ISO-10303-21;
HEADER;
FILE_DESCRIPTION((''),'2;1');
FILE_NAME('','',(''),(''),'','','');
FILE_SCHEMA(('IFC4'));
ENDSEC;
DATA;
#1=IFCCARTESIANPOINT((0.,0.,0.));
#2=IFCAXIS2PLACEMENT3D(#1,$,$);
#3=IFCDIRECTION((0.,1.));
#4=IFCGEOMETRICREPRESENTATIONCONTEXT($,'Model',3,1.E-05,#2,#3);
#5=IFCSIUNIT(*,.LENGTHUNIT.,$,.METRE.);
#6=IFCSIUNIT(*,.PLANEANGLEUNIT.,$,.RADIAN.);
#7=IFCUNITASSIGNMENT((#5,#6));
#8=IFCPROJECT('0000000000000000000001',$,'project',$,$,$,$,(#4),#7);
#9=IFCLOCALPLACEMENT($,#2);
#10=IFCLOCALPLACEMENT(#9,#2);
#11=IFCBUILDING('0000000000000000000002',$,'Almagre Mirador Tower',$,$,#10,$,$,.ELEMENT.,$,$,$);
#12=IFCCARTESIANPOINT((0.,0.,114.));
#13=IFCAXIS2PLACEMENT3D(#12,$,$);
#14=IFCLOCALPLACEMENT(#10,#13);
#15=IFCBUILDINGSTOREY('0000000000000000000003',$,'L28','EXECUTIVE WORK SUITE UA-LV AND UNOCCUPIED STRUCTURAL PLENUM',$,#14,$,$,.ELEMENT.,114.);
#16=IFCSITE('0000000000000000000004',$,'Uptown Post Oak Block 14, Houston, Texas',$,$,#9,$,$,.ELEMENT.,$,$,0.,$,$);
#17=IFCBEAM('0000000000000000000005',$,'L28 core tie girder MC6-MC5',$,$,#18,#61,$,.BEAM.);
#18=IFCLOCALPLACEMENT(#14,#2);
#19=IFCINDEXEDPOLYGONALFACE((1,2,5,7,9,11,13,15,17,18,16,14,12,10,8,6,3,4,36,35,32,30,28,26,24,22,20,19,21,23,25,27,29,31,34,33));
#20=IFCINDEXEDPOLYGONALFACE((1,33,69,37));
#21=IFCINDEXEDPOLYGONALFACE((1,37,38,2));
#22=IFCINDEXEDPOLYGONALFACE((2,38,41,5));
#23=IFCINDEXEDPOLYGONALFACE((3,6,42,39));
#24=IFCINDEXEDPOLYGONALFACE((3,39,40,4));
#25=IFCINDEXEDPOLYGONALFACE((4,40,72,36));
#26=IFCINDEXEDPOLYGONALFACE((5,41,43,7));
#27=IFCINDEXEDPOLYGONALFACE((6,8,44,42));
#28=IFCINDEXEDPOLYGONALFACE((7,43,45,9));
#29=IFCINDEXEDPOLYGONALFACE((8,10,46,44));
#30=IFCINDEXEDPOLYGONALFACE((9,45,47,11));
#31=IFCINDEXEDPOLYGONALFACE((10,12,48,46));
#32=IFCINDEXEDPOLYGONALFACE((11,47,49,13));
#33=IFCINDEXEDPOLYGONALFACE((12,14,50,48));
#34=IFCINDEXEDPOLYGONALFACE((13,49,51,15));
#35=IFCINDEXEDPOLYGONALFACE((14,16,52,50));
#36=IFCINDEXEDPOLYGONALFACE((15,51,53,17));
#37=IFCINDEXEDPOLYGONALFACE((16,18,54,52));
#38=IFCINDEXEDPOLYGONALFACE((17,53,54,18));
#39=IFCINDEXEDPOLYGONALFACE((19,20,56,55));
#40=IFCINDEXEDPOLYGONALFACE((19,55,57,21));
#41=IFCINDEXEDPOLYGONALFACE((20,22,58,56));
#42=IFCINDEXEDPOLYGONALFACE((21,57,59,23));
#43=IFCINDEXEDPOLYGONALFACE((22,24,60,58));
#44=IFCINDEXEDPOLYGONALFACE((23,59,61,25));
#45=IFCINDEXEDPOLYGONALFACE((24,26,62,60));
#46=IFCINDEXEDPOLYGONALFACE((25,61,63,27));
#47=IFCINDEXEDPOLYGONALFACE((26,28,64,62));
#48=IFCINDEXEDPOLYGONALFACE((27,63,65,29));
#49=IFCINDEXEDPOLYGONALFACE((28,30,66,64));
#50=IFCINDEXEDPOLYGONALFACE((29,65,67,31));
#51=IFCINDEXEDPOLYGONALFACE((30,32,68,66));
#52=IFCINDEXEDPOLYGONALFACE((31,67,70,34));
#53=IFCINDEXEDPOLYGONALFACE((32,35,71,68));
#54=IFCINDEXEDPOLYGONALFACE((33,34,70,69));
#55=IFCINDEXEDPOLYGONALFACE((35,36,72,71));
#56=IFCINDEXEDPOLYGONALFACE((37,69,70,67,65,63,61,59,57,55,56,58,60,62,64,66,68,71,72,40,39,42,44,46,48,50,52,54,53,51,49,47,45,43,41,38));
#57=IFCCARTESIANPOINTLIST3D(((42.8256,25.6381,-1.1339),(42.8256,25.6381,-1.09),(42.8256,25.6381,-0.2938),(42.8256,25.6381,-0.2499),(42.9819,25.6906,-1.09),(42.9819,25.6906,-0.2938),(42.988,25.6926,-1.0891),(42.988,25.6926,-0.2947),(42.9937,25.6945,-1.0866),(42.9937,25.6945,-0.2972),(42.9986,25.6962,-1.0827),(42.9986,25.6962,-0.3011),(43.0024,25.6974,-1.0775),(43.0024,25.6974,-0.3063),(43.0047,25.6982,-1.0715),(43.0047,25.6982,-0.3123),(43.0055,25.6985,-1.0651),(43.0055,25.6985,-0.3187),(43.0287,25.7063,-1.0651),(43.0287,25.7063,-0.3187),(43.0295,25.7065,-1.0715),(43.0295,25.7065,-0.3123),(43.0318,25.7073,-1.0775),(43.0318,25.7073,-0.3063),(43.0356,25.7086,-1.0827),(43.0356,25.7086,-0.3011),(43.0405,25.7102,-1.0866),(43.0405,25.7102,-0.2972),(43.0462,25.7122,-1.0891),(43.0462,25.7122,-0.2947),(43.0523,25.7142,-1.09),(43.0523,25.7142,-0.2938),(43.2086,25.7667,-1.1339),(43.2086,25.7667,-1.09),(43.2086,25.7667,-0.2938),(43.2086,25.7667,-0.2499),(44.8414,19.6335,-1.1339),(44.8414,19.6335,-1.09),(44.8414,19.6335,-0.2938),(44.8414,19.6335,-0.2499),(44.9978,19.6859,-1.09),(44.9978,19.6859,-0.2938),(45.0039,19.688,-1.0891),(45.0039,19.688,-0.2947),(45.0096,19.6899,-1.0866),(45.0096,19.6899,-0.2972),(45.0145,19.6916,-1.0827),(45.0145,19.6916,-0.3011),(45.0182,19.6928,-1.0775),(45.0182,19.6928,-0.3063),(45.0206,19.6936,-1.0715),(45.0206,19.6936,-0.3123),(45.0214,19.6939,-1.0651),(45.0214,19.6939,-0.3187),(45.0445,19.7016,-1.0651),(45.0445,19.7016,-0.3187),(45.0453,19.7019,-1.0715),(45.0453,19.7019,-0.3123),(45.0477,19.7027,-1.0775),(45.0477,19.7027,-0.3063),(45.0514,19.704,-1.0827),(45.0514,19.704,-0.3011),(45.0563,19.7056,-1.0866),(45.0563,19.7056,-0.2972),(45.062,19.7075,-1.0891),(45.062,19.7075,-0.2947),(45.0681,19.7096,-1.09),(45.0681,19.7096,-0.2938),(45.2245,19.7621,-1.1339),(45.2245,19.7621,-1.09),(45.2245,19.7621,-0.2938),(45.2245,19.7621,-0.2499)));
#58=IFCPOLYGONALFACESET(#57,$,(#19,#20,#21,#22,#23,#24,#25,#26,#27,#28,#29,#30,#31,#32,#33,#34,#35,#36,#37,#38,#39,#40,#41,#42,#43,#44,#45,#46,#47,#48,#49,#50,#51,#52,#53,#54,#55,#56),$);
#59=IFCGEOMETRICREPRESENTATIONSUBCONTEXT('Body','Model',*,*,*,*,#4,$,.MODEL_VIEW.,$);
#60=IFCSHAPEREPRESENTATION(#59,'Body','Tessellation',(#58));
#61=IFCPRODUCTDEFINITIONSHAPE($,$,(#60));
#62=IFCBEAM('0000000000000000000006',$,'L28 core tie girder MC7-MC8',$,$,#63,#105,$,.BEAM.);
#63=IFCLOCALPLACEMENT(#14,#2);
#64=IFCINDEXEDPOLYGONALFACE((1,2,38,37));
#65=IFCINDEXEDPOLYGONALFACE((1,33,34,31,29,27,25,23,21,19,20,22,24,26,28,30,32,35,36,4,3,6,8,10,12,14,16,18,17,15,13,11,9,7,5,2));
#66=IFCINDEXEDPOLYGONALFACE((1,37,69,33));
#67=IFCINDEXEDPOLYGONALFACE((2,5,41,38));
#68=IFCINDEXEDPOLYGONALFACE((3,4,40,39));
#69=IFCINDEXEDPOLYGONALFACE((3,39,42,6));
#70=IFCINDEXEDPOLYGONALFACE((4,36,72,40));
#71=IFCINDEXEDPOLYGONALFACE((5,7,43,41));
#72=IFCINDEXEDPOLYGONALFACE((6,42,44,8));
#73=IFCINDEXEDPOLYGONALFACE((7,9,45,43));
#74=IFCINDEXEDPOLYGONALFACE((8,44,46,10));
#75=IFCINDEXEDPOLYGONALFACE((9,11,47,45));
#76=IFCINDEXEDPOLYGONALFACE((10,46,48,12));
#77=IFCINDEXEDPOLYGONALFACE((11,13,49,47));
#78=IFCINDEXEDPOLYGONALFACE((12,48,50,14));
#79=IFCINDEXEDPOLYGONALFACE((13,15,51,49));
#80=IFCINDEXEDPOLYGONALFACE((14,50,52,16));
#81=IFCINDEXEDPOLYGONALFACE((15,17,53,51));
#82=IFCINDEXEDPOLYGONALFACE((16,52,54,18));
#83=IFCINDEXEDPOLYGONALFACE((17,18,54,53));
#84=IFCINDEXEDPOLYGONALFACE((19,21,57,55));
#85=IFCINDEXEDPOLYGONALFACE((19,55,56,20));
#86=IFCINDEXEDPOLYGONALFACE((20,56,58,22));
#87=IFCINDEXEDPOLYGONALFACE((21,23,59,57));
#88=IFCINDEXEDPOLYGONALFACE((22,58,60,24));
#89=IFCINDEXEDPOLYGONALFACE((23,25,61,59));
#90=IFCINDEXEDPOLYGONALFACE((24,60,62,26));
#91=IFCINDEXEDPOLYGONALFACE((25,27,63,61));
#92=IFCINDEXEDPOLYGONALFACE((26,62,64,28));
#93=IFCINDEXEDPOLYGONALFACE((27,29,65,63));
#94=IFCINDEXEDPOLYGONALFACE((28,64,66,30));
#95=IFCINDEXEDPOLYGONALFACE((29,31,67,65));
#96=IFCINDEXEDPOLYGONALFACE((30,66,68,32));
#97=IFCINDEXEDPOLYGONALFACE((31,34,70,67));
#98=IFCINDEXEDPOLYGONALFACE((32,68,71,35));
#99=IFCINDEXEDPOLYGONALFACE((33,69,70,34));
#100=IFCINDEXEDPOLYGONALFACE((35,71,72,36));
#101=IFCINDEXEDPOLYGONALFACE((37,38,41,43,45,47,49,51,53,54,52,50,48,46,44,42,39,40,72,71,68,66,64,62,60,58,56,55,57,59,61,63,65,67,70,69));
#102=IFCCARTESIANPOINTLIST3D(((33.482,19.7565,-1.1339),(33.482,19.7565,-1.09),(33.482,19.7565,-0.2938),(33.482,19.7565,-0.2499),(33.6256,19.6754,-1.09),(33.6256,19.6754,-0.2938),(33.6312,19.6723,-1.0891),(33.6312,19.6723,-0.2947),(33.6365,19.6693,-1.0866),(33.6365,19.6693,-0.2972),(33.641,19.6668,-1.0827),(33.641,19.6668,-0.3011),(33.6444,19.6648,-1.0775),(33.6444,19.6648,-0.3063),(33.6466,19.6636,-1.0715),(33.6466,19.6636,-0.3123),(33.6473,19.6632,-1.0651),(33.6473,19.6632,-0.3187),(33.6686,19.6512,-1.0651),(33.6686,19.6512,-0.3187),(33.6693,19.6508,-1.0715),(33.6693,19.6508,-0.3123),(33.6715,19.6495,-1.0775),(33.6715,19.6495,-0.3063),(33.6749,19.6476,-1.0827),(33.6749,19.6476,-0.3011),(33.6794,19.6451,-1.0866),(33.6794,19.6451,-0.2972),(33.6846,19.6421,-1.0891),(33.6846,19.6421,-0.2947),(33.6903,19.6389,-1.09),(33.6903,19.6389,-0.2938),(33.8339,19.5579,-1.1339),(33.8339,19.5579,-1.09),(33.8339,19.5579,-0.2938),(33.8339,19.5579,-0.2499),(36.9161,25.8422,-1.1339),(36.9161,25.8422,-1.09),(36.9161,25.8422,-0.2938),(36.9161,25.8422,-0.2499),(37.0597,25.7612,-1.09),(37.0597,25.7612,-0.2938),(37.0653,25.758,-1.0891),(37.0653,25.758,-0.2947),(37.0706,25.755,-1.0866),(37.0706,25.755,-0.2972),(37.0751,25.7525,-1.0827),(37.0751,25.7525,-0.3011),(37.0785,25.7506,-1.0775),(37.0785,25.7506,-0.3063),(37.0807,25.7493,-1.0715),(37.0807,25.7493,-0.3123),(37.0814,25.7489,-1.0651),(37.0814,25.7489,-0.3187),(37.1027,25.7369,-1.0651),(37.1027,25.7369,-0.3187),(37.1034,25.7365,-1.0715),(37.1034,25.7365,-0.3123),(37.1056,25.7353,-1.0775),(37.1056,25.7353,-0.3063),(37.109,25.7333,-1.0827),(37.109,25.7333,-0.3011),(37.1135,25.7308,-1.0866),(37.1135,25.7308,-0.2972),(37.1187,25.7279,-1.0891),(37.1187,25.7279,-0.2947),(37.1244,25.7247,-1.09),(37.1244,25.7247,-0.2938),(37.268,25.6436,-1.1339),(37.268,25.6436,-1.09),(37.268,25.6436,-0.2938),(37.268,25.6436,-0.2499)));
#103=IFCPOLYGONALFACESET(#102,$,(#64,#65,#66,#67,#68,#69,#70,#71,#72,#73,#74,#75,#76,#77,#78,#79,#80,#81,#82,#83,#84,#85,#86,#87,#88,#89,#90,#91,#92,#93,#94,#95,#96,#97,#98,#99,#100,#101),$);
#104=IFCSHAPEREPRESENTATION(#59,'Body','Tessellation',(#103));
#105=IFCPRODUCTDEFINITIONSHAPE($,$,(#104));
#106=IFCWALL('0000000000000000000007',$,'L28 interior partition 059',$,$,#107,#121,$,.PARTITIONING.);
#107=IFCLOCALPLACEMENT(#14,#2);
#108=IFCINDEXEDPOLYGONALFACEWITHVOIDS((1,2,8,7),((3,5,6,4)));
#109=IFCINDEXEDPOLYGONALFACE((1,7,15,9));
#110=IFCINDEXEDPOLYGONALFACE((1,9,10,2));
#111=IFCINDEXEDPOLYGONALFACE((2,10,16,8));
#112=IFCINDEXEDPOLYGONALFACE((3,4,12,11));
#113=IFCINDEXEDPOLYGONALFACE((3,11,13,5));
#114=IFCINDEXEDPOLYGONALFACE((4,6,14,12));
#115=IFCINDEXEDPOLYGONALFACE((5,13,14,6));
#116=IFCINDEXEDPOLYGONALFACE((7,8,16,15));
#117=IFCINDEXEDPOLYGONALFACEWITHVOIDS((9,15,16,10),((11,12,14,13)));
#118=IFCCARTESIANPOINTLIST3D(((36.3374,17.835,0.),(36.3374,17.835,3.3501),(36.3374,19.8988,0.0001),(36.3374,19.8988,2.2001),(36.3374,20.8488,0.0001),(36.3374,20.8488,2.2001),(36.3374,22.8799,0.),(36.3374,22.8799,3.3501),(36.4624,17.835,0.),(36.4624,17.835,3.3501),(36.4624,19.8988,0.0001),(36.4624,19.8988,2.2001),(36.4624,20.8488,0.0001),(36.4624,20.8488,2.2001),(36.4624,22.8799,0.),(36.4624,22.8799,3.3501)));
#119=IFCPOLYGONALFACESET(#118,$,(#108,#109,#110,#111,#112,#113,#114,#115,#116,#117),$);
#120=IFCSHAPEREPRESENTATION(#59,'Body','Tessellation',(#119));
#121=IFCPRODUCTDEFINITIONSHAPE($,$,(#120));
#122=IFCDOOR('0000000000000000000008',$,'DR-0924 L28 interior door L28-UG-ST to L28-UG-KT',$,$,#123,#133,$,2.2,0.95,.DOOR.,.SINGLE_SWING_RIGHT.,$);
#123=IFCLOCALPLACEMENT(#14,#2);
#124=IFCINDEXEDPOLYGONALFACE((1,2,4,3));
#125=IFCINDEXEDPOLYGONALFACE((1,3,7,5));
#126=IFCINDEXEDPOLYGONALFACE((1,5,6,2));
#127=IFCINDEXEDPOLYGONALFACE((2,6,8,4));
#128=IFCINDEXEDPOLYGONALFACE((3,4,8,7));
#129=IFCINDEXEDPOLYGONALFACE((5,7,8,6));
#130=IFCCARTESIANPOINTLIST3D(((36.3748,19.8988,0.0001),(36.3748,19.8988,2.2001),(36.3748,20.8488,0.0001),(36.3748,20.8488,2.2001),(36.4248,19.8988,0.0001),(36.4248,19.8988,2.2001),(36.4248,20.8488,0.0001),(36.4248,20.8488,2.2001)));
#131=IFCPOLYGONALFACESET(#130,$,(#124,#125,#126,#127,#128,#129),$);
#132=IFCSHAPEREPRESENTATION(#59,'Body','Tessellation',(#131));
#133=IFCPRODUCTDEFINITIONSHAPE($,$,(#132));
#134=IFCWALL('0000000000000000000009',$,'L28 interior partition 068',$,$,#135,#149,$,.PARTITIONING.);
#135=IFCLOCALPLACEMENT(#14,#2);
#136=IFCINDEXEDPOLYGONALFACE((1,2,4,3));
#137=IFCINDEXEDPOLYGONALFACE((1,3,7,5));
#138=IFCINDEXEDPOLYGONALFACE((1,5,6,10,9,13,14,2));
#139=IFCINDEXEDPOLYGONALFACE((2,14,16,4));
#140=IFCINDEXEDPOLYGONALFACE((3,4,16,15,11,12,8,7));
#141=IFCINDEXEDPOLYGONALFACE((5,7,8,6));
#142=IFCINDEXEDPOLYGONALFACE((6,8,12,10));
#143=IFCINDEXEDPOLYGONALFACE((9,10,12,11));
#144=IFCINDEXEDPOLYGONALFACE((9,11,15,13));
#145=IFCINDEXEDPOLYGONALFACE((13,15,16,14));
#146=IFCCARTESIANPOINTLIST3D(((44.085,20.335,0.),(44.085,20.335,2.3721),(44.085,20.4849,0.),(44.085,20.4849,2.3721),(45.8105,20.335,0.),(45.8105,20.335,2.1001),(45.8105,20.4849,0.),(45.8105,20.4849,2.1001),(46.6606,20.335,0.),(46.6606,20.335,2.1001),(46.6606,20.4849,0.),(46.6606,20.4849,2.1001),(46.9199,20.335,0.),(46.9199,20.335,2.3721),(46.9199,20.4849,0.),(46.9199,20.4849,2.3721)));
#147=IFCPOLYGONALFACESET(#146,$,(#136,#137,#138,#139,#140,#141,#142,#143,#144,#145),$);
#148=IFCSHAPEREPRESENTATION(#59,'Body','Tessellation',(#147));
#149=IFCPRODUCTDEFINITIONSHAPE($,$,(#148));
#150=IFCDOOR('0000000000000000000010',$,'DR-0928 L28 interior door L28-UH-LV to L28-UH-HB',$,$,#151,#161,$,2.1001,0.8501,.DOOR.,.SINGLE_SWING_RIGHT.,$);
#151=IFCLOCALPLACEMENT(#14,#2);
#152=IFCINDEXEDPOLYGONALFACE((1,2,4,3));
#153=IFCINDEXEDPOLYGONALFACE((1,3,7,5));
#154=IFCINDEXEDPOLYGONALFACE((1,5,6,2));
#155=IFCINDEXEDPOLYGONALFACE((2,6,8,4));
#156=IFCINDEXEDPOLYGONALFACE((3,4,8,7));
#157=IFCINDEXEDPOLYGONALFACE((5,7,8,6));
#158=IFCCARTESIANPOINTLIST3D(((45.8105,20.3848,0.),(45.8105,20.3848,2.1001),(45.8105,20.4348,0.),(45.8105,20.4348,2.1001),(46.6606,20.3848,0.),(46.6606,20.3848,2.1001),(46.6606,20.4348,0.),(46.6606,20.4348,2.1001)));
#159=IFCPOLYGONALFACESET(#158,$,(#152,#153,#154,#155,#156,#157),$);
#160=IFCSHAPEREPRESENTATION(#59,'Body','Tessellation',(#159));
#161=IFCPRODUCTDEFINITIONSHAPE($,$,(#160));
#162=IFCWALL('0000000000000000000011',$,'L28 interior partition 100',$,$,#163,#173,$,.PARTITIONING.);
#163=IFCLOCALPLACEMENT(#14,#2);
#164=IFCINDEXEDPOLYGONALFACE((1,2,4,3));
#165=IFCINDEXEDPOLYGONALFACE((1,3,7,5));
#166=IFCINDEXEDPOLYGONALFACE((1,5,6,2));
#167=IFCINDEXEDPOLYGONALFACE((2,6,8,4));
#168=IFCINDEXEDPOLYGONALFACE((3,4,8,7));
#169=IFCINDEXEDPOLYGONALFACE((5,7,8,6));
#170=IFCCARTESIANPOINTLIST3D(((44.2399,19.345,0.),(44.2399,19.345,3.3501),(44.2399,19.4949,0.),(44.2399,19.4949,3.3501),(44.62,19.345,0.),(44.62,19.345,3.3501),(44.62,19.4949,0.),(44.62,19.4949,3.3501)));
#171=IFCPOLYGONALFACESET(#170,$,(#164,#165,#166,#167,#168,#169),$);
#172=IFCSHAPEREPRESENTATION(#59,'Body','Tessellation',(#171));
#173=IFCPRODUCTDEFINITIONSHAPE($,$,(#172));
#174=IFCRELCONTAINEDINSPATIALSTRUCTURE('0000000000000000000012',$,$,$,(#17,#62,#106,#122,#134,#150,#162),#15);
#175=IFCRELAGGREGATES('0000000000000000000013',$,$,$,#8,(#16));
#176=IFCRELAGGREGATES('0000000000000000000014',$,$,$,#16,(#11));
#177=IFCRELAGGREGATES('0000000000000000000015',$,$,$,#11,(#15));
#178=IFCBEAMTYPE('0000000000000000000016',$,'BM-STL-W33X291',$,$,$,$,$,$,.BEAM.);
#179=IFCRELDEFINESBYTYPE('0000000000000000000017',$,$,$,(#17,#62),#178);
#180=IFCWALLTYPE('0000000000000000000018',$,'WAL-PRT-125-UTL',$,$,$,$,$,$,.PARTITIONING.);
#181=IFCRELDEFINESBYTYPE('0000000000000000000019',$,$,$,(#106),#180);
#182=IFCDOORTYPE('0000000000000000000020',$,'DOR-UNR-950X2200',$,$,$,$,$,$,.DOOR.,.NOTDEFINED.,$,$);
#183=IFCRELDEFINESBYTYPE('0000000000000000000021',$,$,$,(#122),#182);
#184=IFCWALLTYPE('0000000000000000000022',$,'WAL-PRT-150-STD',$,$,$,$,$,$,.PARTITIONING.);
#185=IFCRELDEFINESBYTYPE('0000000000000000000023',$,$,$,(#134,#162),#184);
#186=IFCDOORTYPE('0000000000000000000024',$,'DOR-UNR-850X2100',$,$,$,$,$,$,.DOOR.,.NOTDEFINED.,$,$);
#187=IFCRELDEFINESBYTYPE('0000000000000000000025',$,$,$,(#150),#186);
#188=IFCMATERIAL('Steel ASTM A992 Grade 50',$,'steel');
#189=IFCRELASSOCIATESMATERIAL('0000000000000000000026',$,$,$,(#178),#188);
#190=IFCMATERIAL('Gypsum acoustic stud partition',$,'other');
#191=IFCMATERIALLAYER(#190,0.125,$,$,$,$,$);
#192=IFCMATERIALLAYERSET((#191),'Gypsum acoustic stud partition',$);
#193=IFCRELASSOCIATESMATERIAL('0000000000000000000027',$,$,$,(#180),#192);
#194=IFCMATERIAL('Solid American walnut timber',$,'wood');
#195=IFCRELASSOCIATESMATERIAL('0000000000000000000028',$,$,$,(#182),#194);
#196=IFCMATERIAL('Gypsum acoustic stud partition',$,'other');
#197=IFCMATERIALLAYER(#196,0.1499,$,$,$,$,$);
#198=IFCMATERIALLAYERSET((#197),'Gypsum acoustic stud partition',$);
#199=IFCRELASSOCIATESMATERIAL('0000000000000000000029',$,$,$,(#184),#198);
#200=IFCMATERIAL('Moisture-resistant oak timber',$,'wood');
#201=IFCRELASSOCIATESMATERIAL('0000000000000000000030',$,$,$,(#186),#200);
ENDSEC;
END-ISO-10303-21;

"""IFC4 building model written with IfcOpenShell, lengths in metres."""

from ifc_helpers import new_model, si_unit, direction, frame, frame_2d, origin, origin_2d, place, context, subcontext, project, spatial, rectangle, i_section, extrude, material, layer, layer_set, material_profile, profile_set, type_object, element, fill, save


model = new_model("IFC4")

# Units and contexts
model_context = context("Model", 3, precision=1e-05, world=origin(), true_north=direction((0.0, 1.0)))
body_context = subcontext(model_context, "Body", "Model", "MODEL_VIEW")
ifc_project = project(units=[si_unit("LENGTHUNIT", "METRE"), si_unit("PLANEANGLEUNIT", "RADIAN")], contexts=[model_context])

# Site, building, storey
site_placement = place(None, origin())
site = spatial("IfcSite", under=ifc_project, at=site_placement, Name="Uptown Post Oak Block 14, Houston, Texas", CompositionType="ELEMENT", RefElevation=0.0)
building_placement = place(site_placement, origin())
building = spatial("IfcBuilding", under=site, at=building_placement, Name="Almagre Mirador Tower", CompositionType="ELEMENT")
storey_placement = place(building_placement, frame((0.0, 0.0, 114.0)))
storey = spatial("IfcBuildingStorey", under=building, at=storey_placement, Name="L28", Description="EXECUTIVE WORK SUITE UA-LV AND UNOCCUPIED STRUCTURAL PLENUM", CompositionType="ELEMENT", Elevation=114.0)

# Beams
ifc_material_1 = material(Name="Steel ASTM A992 Grade 50", Category="steel")
ifc_material_profile_1 = material_profile(ifc_material_1, i_section(OverallWidth=0.4041, OverallDepth=0.884, WebThickness=0.0244, FlangeThickness=0.0439, FilletRadius=0.0249, at=origin_2d()), Name="W33X291")
ifc_profile_set_1 = profile_set([ifc_material_profile_1], Name="Steel ASTM A992 Grade 50")
beam_type_1 = type_object("IfcBeamType", Name="BM-STL-W33X291", PredefinedType="BEAM", material=ifc_profile_set_1)
beam_1_placement = place(storey_placement, frame((43.0171, 25.7024, -0.6919), z_axis=(0.318262, -0.948003, 0.0), x_axis=(0.948003, 0.318262, 0.0)))
element("IfcBeam", 1, at=beam_1_placement, inside=storey, type_object=beam_type_1, Name="L28 core tie girder MC6-MC5", PredefinedType="BEAM", context=body_context, shape_type="SweptSolid", body=[
    extrude(i_section(OverallWidth=0.4041, OverallDepth=0.884, WebThickness=0.0244, FlangeThickness=0.0439, FilletRadius=0.0249, at=origin_2d()), origin(), (0.0, 0.0, 1.0), 6.334),
])
beam_2_placement = place(storey_placement, frame((37.092, 25.7429, -0.6919), z_axis=(-0.491444, -0.870909, 0.0), x_axis=(0.870909, -0.491444, 0.0)))
element("IfcBeam", 2, at=beam_2_placement, inside=storey, type_object=beam_type_1, Name="L28 core tie girder MC7-MC8", PredefinedType="BEAM", context=body_context, shape_type="SweptSolid", body=[
    extrude(i_section(OverallWidth=0.4041, OverallDepth=0.884, WebThickness=0.0244, FlangeThickness=0.0439, FilletRadius=0.0249, at=origin_2d()), origin(), (0.0, 0.0, 1.0), 6.9878),
])

# Walls, openings, doors
ifc_material_2 = material(Name="Gypsum acoustic stud partition", Category="other")
ifc_layer_1 = layer(ifc_material_2, 0.125)
ifc_layer_set_1 = layer_set([ifc_layer_1], Name="Gypsum acoustic stud partition")
wall_type_1 = type_object("IfcWallType", Name="WAL-PRT-125-UTL", PredefinedType="PARTITIONING", material=ifc_layer_set_1)
wall_1_placement = place(storey_placement, frame((36.3999, 22.8799, 0.0), z_axis=(0.0, 0.0, 1.0), x_axis=(0.0, -1.0, 0.0)))
wall_1 = element("IfcWall", 3, at=wall_1_placement, inside=storey, type_object=wall_type_1, Name="L28 interior partition 059", PredefinedType="PARTITIONING", context=body_context, shape_type="SweptSolid", body=[
    extrude(rectangle(XDim=5.0449, YDim=0.125, at=frame_2d((2.5225, 0.0))), origin(), (0.0, 0.0, 1.0), 3.3501),
])
opening_1_placement = place(wall_1_placement, frame((2.031, 0.0, 0.0)))
opening_1 = element("IfcOpeningElement", 4, at=opening_1_placement, cuts=wall_1, PredefinedType="OPENING", context=body_context, shape_type="SweptSolid", body=[
    extrude(rectangle(XDim=0.95, YDim=2.2, at=frame_2d((0.4751, 1.1001))), frame((0.0, 0.0725, 0.0), z_axis=(0.0, -1.0, 0.0), x_axis=(1.0, 0.0, 0.0)), (0.0, 0.0, 1.0), 0.145),
])
ifc_material_3 = material(Name="Solid American walnut timber", Category="wood")
door_type_1 = type_object("IfcDoorType", Name="DOR-UNR-950X2200", OperationType="NOTDEFINED", PredefinedType="DOOR", material=ifc_material_3)
door_1_placement = place(opening_1_placement, origin())
door_1 = element("IfcDoor", 5, at=door_1_placement, inside=storey, type_object=door_type_1, Name="DR-0924 L28 interior door L28-UG-ST to L28-UG-KT", OperationType="SINGLE_SWING_RIGHT", OverallHeight=2.2, OverallWidth=0.95, PredefinedType="DOOR", context=body_context, shape_type="SweptSolid", body=[
    extrude(rectangle(XDim=0.95, YDim=2.2, at=frame_2d((0.4751, 1.1001))), frame((0.0, 0.0249, 0.0), z_axis=(0.0, -1.0, 0.0), x_axis=(1.0, 0.0, 0.0)), (0.0, 0.0, 1.0), 0.05),
])
fill(opening_1, door_1)
ifc_material_4 = material(Name="Gypsum acoustic stud partition", Category="other")
ifc_layer_2 = layer(ifc_material_4, 0.1499)
ifc_layer_set_2 = layer_set([ifc_layer_2], Name="Gypsum acoustic stud partition")
wall_type_2 = type_object("IfcWallType", Name="WAL-PRT-150-STD", PredefinedType="PARTITIONING", material=ifc_layer_set_2)
wall_2_placement = place(storey_placement, frame((44.085, 20.4099, 0.0), z_axis=(0.0, 0.0, 1.0), x_axis=(1.0, 0.0, 0.0)))
wall_2 = element("IfcWall", 6, at=wall_2_placement, inside=storey, type_object=wall_type_2, Name="L28 interior partition 068", PredefinedType="PARTITIONING", context=body_context, shape_type="SweptSolid", body=[
    extrude(rectangle(XDim=2.835, YDim=0.1499, at=frame_2d((1.4175, 0.0))), origin(), (0.0, 0.0, 1.0), 2.3721),
])
opening_2_placement = place(wall_2_placement, frame((1.7256, 0.0, 0.0)))
opening_2 = element("IfcOpeningElement", 7, at=opening_2_placement, cuts=wall_2, PredefinedType="OPENING", context=body_context, shape_type="SweptSolid", body=[
    extrude(rectangle(XDim=0.8501, YDim=2.1001, at=frame_2d((0.425, 1.05))), frame((0.0, 0.085, 0.0), z_axis=(0.0, -1.0, 0.0), x_axis=(1.0, 0.0, 0.0)), (0.0, 0.0, 1.0), 0.1699),
])
ifc_material_5 = material(Name="Moisture-resistant oak timber", Category="wood")
door_type_2 = type_object("IfcDoorType", Name="DOR-UNR-850X2100", OperationType="NOTDEFINED", PredefinedType="DOOR", material=ifc_material_5)
door_2_placement = place(opening_2_placement, origin())
door_2 = element("IfcDoor", 8, at=door_2_placement, inside=storey, type_object=door_type_2, Name="DR-0928 L28 interior door L28-UH-LV to L28-UH-HB", OperationType="SINGLE_SWING_RIGHT", OverallHeight=2.1001, OverallWidth=0.8501, PredefinedType="DOOR", context=body_context, shape_type="SweptSolid", body=[
    extrude(rectangle(XDim=0.8501, YDim=2.1001, at=frame_2d((0.425, 1.05))), frame((0.0, 0.0249, 0.0), z_axis=(0.0, -1.0, 0.0), x_axis=(1.0, 0.0, 0.0)), (0.0, 0.0, 1.0), 0.05),
])
fill(opening_2, door_2)

# Wall
wall_3_placement = place(storey_placement, frame((44.24, 19.4199, 0.0), z_axis=(0.0, 0.0, 1.0), x_axis=(1.0, 0.0, 0.0)))
element("IfcWall", 9, at=wall_3_placement, inside=storey, type_object=wall_type_2, Name="L28 interior partition 100", PredefinedType="PARTITIONING", context=body_context, shape_type="SweptSolid", body=[
    extrude(rectangle(XDim=0.3801, YDim=0.1499, at=frame_2d((0.1899, 0.0))), origin(), (0.0, 0.0, 1.0), 3.3501),
])

save(model, "model.ifc")
